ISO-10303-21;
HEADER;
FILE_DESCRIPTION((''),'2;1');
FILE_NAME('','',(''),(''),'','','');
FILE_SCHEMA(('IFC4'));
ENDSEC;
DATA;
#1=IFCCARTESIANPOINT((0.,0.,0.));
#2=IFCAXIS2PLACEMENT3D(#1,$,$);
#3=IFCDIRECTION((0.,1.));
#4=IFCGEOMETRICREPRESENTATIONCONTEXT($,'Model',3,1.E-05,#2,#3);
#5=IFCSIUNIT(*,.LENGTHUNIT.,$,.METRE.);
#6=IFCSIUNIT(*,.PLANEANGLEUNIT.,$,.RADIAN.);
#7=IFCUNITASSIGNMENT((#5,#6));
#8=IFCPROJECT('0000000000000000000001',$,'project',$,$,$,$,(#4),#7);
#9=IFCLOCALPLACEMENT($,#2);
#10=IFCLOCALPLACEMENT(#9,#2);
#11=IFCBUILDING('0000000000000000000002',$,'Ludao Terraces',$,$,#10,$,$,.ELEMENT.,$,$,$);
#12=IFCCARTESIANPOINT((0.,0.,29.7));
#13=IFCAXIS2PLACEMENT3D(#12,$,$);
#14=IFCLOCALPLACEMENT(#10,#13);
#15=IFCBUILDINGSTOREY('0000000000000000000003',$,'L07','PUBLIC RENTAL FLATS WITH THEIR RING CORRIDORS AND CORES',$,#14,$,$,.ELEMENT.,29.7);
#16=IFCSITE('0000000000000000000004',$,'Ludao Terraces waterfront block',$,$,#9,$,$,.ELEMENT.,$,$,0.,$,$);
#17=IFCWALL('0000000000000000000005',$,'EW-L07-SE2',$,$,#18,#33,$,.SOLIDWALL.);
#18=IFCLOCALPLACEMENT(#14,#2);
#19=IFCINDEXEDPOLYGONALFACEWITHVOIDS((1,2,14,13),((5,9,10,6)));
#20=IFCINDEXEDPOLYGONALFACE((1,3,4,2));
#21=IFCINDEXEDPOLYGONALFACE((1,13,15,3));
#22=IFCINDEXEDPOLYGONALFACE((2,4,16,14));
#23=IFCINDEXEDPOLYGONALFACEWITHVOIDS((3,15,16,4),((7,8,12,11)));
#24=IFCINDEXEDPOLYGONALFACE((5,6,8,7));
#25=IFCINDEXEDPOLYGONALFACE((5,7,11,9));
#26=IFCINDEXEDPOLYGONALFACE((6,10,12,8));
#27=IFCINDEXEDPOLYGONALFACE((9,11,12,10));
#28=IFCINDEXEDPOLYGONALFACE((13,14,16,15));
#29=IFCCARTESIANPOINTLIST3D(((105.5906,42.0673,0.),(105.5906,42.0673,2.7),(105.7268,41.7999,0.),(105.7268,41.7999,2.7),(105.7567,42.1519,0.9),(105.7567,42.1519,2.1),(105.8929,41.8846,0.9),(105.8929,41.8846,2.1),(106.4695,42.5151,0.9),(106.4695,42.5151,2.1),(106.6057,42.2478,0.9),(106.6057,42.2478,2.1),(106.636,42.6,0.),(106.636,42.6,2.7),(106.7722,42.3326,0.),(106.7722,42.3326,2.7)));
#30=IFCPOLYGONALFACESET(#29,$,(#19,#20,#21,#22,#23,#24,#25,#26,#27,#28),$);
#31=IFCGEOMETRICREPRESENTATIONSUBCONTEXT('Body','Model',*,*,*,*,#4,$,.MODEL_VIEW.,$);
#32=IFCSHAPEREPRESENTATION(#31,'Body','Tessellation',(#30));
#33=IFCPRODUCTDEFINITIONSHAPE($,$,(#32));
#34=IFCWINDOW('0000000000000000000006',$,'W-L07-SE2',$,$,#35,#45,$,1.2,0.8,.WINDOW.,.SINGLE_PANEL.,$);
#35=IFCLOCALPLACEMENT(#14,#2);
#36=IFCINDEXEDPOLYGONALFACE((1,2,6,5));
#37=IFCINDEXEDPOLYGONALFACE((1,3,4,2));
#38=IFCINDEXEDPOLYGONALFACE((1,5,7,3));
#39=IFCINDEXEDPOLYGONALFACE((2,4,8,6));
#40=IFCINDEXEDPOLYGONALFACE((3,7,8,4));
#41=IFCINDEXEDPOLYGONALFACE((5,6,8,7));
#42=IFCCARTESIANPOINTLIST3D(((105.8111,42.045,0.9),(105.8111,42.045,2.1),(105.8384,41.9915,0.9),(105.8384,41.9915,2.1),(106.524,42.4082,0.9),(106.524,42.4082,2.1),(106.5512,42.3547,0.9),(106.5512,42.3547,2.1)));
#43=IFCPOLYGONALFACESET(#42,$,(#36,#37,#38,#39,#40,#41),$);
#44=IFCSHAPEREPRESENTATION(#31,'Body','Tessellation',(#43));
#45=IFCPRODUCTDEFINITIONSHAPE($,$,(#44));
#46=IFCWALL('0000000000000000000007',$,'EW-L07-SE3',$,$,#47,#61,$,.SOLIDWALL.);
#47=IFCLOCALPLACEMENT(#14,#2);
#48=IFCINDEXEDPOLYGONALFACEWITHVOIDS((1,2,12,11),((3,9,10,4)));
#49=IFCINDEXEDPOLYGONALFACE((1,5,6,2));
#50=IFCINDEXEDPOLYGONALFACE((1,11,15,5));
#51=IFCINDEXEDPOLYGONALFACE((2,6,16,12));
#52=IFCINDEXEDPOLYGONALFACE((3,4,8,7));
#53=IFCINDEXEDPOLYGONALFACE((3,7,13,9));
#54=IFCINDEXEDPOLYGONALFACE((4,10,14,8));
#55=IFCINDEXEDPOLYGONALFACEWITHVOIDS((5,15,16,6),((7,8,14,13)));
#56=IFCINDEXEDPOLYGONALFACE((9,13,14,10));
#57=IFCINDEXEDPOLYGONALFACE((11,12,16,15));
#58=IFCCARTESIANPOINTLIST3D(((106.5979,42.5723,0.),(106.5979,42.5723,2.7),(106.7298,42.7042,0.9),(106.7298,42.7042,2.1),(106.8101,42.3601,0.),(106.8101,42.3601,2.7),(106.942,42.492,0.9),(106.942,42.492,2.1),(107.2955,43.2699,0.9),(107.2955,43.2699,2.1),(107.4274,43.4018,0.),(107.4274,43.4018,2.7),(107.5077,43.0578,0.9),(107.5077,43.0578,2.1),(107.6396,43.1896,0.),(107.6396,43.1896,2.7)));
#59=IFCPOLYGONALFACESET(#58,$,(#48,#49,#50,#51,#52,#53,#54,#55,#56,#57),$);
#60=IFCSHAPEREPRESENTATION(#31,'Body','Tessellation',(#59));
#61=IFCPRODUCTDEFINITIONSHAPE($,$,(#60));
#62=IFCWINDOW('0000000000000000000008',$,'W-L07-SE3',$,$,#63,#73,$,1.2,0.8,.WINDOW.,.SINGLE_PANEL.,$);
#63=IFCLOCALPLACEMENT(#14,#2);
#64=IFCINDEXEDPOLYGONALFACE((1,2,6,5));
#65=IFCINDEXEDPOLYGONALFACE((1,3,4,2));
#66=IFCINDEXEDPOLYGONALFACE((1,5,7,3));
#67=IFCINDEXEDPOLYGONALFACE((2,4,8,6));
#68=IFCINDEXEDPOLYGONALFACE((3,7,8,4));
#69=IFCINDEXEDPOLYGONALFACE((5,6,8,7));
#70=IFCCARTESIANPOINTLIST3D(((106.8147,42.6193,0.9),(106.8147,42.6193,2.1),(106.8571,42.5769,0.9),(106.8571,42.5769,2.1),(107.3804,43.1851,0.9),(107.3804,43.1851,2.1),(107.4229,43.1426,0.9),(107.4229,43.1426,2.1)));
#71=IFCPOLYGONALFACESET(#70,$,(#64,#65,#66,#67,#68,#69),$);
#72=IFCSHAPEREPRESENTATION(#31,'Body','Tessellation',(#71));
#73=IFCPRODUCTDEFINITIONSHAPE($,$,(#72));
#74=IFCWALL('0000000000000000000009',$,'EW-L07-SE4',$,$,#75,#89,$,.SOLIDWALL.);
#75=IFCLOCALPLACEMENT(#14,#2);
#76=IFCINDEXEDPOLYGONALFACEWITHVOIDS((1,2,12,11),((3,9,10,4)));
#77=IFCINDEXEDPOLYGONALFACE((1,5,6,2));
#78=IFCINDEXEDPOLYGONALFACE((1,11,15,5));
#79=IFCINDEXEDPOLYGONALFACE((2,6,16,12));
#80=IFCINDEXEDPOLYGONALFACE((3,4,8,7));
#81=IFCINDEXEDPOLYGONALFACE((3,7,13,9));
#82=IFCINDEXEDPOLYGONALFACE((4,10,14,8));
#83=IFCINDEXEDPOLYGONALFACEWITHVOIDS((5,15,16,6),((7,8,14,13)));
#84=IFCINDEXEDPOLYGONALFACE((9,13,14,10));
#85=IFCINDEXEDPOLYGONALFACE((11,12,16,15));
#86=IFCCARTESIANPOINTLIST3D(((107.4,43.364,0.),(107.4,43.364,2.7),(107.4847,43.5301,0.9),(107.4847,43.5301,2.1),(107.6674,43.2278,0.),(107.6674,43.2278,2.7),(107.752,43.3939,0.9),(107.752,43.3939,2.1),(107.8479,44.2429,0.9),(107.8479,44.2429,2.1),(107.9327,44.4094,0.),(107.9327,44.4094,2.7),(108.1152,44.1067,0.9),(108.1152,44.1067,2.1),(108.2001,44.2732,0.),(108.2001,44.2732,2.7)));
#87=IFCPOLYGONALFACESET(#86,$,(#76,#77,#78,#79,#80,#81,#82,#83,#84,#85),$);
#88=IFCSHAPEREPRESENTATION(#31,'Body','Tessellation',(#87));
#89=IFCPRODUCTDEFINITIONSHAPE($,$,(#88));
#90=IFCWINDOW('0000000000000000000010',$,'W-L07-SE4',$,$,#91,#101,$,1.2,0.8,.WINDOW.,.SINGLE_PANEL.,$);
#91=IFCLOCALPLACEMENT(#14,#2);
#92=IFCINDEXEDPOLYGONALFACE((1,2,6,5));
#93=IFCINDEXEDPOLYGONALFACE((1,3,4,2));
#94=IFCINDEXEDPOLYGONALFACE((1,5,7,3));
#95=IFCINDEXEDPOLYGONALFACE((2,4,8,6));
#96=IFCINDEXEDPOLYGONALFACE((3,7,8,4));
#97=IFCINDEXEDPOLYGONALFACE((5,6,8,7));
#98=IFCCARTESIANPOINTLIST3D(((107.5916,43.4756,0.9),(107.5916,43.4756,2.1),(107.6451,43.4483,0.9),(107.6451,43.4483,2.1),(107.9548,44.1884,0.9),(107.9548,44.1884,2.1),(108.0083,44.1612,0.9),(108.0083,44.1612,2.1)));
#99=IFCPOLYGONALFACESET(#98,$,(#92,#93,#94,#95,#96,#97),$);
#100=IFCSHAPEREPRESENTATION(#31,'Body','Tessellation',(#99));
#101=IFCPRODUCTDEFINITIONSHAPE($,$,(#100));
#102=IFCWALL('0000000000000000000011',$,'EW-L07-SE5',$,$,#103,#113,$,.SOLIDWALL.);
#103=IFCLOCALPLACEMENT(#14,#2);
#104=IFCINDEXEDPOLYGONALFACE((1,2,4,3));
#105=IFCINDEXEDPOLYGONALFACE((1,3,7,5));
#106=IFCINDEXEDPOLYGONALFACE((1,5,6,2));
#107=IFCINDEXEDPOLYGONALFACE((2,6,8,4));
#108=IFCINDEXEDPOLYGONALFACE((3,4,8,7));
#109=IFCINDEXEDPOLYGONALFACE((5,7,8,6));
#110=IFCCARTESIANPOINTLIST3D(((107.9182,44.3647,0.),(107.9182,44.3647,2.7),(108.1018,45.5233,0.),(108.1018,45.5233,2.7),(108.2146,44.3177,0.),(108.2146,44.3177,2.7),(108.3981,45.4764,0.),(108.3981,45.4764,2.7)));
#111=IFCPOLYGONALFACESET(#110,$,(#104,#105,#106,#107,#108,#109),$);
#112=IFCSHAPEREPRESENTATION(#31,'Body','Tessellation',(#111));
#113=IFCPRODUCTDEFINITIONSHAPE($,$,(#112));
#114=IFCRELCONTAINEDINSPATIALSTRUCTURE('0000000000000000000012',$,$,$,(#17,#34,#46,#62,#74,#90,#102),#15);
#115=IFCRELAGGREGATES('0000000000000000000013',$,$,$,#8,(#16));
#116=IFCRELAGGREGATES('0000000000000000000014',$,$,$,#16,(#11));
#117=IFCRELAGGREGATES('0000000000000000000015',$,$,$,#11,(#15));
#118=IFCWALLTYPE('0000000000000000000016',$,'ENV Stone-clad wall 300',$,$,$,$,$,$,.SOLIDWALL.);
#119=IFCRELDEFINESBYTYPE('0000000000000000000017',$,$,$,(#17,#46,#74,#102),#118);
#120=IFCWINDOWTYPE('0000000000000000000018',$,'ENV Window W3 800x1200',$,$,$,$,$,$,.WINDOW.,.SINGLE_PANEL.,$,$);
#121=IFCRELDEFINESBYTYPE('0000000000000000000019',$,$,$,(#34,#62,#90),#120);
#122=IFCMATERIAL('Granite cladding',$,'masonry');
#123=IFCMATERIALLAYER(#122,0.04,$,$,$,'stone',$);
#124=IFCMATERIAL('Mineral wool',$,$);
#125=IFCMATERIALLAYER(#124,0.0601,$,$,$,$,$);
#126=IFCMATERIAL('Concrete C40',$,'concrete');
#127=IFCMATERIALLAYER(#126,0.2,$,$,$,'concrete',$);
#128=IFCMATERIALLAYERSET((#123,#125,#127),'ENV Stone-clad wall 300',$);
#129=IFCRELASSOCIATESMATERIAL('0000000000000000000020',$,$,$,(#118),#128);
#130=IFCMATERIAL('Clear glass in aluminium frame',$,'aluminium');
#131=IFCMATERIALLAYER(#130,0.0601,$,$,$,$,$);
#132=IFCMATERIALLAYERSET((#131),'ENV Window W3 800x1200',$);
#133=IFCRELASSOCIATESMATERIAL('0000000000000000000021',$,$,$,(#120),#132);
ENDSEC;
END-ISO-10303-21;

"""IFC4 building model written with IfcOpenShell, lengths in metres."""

from ifc_helpers import new_model, si_unit, direction, frame, frame_2d, origin, place, context, subcontext, project, spatial, rectangle, extrude, material, layer, layer_set, type_object, element, fill, save


model = new_model("IFC4")

# Units and contexts
model_context = context("Model", 3, precision=1e-05, world=origin(), true_north=direction((0.0, 1.0)))
body_context = subcontext(model_context, "Body", "Model", "MODEL_VIEW")
ifc_project = project(units=[si_unit("LENGTHUNIT", "METRE"), si_unit("PLANEANGLEUNIT", "RADIAN")], contexts=[model_context])

# Site, building, storey
site_placement = place(None, origin())
site = spatial("IfcSite", under=ifc_project, at=site_placement, Name="Ludao Terraces waterfront block", CompositionType="ELEMENT", RefElevation=0.0)
building_placement = place(site_placement, origin())
building = spatial("IfcBuilding", under=site, at=building_placement, Name="Ludao Terraces", CompositionType="ELEMENT")
storey_placement = place(building_placement, frame((0.0, 0.0, 29.7)))
storey = spatial("IfcBuildingStorey", under=building, at=storey_placement, Name="L07", Description="PUBLIC RENTAL FLATS WITH THEIR RING CORRIDORS AND CORES", CompositionType="ELEMENT", Elevation=29.7)

# Shared definitions
ifc_material_1 = material(Name="Concrete C40", Category="concrete")

# Shared definitions
ifc_material_2 = material(Name="Granite cladding", Category="masonry")
ifc_layer_1 = layer(ifc_material_2, 0.04, Category="stone")
ifc_material_3 = material(Name="Mineral wool")
ifc_layer_2 = layer(ifc_material_3, 0.0601)
ifc_layer_3 = layer(ifc_material_1, 0.2, Category="concrete")
ifc_layer_set_1 = layer_set([ifc_layer_1, ifc_layer_2, ifc_layer_3], Name="ENV Stone-clad wall 300")
wall_type_1 = type_object("IfcWallType", Name="ENV Stone-clad wall 300", PredefinedType="SOLIDWALL", material=ifc_layer_set_1)
ifc_material_4 = material(Name="Clear glass in aluminium frame", Category="aluminium")

# Walls, openings, windows
wall_1_placement = place(storey_placement, frame((105.6587, 41.9336, 0.0), z_axis=(0.0, 0.0, 1.0), x_axis=(0.890989, 0.454026, 0.0)))
wall_1 = element("IfcWall", 1, at=wall_1_placement, inside=storey, type_object=wall_type_1, Name="EW-L07-SE2", PredefinedType="SOLIDWALL", context=body_context, shape_type="SweptSolid", body=[
    extrude(rectangle(XDim=1.1733, YDim=0.3, at=frame_2d((0.5867, 0.0))), origin(), (0.0, 0.0, 1.0), 2.7),
])
opening_1_placement = place(wall_1_placement, frame((0.1865, 0.0, 0.8999)))
opening_1 = element("IfcOpeningElement", 2, at=opening_1_placement, cuts=wall_1, PredefinedType="OPENING", context=body_context, shape_type="SweptSolid", body=[
    extrude(rectangle(XDim=0.8, YDim=1.2, at=frame_2d((0.3999, 0.6001))), frame((0.0, 0.1602, 0.0), z_axis=(0.0, -1.0, 0.0), x_axis=(1.0, 0.0, 0.0)), (0.0, 0.0, 1.0), 0.3201),
])
ifc_layer_4 = layer(ifc_material_4, 0.0601)
ifc_layer_set_2 = layer_set([ifc_layer_4], Name="ENV Window W3 800x1200")
window_type_1 = type_object("IfcWindowType", Name="ENV Window W3 800x1200", PartitioningType="SINGLE_PANEL", PredefinedType="WINDOW", material=ifc_layer_set_2)
window_1_placement = place(opening_1_placement, origin())
window_1 = element("IfcWindow", 3, at=window_1_placement, inside=storey, type_object=window_type_1, Name="W-L07-SE2", OverallHeight=1.2, OverallWidth=0.8, PartitioningType="SINGLE_PANEL", PredefinedType="WINDOW", context=body_context, shape_type="SweptSolid", body=[
    extrude(rectangle(XDim=0.8, YDim=1.2, at=frame_2d((0.3999, 0.6001))), frame((0.0, 0.03, 0.0), z_axis=(0.0, -1.0, 0.0), x_axis=(1.0, 0.0, 0.0)), (0.0, 0.0, 1.0), 0.0601),
])
fill(opening_1, window_1)
wall_2_placement = place(storey_placement, frame((106.7041, 42.4663, 0.0), z_axis=(0.0, 0.0, 1.0), x_axis=(0.707107, 0.707107, 0.0)))
wall_2 = element("IfcWall", 4, at=wall_2_placement, inside=storey, type_object=wall_type_1, Name="EW-L07-SE3", PredefinedType="SOLIDWALL", context=body_context, shape_type="SweptSolid", body=[
    extrude(rectangle(XDim=1.1731, YDim=0.3, at=frame_2d((0.5864, 0.0))), origin(), (0.0, 0.0, 1.0), 2.7),
])
opening_2_placement = place(wall_2_placement, frame((0.1865, 0.0, 0.8999)))
opening_2 = element("IfcOpeningElement", 5, at=opening_2_placement, cuts=wall_2, PredefinedType="OPENING", context=body_context, shape_type="SweptSolid", body=[
    extrude(rectangle(XDim=0.8, YDim=1.2, at=frame_2d((0.3999, 0.6001))), frame((0.0, 0.1602, 0.0), z_axis=(0.0, -1.0, 0.0), x_axis=(1.0, 0.0, 0.0)), (0.0, 0.0, 1.0), 0.3201),
])
window_2_placement = place(opening_2_placement, origin())
window_2 = element("IfcWindow", 6, at=window_2_placement, inside=storey, type_object=window_type_1, Name="W-L07-SE3", OverallHeight=1.2, OverallWidth=0.8, PartitioningType="SINGLE_PANEL", PredefinedType="WINDOW", context=body_context, shape_type="SweptSolid", body=[
    extrude(rectangle(XDim=0.8, YDim=1.2, at=frame_2d((0.3999, 0.6001))), frame((0.0, 0.03, 0.0), z_axis=(0.0, -1.0, 0.0), x_axis=(1.0, 0.0, 0.0)), (0.0, 0.0, 1.0), 0.0601),
])
fill(opening_2, window_2)
wall_3_placement = place(storey_placement, frame((107.5337, 43.2959, 0.0), z_axis=(0.0, 0.0, 1.0), x_axis=(0.454026, 0.890989, 0.0)))
wall_3 = element("IfcWall", 7, at=wall_3_placement, inside=storey, type_object=wall_type_1, Name="EW-L07-SE4", PredefinedType="SOLIDWALL", context=body_context, shape_type="SweptSolid", body=[
    extrude(rectangle(XDim=1.1733, YDim=0.3, at=frame_2d((0.5867, 0.0))), origin(), (0.0, 0.0, 1.0), 2.7),
])
opening_3_placement = place(wall_3_placement, frame((0.1865, 0.0, 0.8999)))
opening_3 = element("IfcOpeningElement", 8, at=opening_3_placement, cuts=wall_3, PredefinedType="OPENING", context=body_context, shape_type="SweptSolid", body=[
    extrude(rectangle(XDim=0.8, YDim=1.2, at=frame_2d((0.3999, 0.6001))), frame((0.0, 0.1602, 0.0), z_axis=(0.0, -1.0, 0.0), x_axis=(1.0, 0.0, 0.0)), (0.0, 0.0, 1.0), 0.3201),
])
window_3_placement = place(opening_3_placement, origin())
window_3 = element("IfcWindow", 9, at=window_3_placement, inside=storey, type_object=window_type_1, Name="W-L07-SE4", OverallHeight=1.2, OverallWidth=0.8, PartitioningType="SINGLE_PANEL", PredefinedType="WINDOW", context=body_context, shape_type="SweptSolid", body=[
    extrude(rectangle(XDim=0.8, YDim=1.2, at=frame_2d((0.3999, 0.6001))), frame((0.0, 0.03, 0.0), z_axis=(0.0, -1.0, 0.0), x_axis=(1.0, 0.0, 0.0)), (0.0, 0.0, 1.0), 0.0601),
])
fill(opening_3, window_3)

# Wall
wall_4_placement = place(storey_placement, frame((108.0664, 44.3413, 0.0), z_axis=(0.0, 0.0, 1.0), x_axis=(0.156497, 0.987678, 0.0)))
element("IfcWall", 10, at=wall_4_placement, inside=storey, type_object=wall_type_1, Name="EW-L07-SE5", PredefinedType="SOLIDWALL", context=body_context, shape_type="SweptSolid", body=[
    extrude(rectangle(XDim=1.1731, YDim=0.3, at=frame_2d((0.5864, 0.0))), origin(), (0.0, 0.0, 1.0), 2.7),
])

save(model, "model.ifc")
